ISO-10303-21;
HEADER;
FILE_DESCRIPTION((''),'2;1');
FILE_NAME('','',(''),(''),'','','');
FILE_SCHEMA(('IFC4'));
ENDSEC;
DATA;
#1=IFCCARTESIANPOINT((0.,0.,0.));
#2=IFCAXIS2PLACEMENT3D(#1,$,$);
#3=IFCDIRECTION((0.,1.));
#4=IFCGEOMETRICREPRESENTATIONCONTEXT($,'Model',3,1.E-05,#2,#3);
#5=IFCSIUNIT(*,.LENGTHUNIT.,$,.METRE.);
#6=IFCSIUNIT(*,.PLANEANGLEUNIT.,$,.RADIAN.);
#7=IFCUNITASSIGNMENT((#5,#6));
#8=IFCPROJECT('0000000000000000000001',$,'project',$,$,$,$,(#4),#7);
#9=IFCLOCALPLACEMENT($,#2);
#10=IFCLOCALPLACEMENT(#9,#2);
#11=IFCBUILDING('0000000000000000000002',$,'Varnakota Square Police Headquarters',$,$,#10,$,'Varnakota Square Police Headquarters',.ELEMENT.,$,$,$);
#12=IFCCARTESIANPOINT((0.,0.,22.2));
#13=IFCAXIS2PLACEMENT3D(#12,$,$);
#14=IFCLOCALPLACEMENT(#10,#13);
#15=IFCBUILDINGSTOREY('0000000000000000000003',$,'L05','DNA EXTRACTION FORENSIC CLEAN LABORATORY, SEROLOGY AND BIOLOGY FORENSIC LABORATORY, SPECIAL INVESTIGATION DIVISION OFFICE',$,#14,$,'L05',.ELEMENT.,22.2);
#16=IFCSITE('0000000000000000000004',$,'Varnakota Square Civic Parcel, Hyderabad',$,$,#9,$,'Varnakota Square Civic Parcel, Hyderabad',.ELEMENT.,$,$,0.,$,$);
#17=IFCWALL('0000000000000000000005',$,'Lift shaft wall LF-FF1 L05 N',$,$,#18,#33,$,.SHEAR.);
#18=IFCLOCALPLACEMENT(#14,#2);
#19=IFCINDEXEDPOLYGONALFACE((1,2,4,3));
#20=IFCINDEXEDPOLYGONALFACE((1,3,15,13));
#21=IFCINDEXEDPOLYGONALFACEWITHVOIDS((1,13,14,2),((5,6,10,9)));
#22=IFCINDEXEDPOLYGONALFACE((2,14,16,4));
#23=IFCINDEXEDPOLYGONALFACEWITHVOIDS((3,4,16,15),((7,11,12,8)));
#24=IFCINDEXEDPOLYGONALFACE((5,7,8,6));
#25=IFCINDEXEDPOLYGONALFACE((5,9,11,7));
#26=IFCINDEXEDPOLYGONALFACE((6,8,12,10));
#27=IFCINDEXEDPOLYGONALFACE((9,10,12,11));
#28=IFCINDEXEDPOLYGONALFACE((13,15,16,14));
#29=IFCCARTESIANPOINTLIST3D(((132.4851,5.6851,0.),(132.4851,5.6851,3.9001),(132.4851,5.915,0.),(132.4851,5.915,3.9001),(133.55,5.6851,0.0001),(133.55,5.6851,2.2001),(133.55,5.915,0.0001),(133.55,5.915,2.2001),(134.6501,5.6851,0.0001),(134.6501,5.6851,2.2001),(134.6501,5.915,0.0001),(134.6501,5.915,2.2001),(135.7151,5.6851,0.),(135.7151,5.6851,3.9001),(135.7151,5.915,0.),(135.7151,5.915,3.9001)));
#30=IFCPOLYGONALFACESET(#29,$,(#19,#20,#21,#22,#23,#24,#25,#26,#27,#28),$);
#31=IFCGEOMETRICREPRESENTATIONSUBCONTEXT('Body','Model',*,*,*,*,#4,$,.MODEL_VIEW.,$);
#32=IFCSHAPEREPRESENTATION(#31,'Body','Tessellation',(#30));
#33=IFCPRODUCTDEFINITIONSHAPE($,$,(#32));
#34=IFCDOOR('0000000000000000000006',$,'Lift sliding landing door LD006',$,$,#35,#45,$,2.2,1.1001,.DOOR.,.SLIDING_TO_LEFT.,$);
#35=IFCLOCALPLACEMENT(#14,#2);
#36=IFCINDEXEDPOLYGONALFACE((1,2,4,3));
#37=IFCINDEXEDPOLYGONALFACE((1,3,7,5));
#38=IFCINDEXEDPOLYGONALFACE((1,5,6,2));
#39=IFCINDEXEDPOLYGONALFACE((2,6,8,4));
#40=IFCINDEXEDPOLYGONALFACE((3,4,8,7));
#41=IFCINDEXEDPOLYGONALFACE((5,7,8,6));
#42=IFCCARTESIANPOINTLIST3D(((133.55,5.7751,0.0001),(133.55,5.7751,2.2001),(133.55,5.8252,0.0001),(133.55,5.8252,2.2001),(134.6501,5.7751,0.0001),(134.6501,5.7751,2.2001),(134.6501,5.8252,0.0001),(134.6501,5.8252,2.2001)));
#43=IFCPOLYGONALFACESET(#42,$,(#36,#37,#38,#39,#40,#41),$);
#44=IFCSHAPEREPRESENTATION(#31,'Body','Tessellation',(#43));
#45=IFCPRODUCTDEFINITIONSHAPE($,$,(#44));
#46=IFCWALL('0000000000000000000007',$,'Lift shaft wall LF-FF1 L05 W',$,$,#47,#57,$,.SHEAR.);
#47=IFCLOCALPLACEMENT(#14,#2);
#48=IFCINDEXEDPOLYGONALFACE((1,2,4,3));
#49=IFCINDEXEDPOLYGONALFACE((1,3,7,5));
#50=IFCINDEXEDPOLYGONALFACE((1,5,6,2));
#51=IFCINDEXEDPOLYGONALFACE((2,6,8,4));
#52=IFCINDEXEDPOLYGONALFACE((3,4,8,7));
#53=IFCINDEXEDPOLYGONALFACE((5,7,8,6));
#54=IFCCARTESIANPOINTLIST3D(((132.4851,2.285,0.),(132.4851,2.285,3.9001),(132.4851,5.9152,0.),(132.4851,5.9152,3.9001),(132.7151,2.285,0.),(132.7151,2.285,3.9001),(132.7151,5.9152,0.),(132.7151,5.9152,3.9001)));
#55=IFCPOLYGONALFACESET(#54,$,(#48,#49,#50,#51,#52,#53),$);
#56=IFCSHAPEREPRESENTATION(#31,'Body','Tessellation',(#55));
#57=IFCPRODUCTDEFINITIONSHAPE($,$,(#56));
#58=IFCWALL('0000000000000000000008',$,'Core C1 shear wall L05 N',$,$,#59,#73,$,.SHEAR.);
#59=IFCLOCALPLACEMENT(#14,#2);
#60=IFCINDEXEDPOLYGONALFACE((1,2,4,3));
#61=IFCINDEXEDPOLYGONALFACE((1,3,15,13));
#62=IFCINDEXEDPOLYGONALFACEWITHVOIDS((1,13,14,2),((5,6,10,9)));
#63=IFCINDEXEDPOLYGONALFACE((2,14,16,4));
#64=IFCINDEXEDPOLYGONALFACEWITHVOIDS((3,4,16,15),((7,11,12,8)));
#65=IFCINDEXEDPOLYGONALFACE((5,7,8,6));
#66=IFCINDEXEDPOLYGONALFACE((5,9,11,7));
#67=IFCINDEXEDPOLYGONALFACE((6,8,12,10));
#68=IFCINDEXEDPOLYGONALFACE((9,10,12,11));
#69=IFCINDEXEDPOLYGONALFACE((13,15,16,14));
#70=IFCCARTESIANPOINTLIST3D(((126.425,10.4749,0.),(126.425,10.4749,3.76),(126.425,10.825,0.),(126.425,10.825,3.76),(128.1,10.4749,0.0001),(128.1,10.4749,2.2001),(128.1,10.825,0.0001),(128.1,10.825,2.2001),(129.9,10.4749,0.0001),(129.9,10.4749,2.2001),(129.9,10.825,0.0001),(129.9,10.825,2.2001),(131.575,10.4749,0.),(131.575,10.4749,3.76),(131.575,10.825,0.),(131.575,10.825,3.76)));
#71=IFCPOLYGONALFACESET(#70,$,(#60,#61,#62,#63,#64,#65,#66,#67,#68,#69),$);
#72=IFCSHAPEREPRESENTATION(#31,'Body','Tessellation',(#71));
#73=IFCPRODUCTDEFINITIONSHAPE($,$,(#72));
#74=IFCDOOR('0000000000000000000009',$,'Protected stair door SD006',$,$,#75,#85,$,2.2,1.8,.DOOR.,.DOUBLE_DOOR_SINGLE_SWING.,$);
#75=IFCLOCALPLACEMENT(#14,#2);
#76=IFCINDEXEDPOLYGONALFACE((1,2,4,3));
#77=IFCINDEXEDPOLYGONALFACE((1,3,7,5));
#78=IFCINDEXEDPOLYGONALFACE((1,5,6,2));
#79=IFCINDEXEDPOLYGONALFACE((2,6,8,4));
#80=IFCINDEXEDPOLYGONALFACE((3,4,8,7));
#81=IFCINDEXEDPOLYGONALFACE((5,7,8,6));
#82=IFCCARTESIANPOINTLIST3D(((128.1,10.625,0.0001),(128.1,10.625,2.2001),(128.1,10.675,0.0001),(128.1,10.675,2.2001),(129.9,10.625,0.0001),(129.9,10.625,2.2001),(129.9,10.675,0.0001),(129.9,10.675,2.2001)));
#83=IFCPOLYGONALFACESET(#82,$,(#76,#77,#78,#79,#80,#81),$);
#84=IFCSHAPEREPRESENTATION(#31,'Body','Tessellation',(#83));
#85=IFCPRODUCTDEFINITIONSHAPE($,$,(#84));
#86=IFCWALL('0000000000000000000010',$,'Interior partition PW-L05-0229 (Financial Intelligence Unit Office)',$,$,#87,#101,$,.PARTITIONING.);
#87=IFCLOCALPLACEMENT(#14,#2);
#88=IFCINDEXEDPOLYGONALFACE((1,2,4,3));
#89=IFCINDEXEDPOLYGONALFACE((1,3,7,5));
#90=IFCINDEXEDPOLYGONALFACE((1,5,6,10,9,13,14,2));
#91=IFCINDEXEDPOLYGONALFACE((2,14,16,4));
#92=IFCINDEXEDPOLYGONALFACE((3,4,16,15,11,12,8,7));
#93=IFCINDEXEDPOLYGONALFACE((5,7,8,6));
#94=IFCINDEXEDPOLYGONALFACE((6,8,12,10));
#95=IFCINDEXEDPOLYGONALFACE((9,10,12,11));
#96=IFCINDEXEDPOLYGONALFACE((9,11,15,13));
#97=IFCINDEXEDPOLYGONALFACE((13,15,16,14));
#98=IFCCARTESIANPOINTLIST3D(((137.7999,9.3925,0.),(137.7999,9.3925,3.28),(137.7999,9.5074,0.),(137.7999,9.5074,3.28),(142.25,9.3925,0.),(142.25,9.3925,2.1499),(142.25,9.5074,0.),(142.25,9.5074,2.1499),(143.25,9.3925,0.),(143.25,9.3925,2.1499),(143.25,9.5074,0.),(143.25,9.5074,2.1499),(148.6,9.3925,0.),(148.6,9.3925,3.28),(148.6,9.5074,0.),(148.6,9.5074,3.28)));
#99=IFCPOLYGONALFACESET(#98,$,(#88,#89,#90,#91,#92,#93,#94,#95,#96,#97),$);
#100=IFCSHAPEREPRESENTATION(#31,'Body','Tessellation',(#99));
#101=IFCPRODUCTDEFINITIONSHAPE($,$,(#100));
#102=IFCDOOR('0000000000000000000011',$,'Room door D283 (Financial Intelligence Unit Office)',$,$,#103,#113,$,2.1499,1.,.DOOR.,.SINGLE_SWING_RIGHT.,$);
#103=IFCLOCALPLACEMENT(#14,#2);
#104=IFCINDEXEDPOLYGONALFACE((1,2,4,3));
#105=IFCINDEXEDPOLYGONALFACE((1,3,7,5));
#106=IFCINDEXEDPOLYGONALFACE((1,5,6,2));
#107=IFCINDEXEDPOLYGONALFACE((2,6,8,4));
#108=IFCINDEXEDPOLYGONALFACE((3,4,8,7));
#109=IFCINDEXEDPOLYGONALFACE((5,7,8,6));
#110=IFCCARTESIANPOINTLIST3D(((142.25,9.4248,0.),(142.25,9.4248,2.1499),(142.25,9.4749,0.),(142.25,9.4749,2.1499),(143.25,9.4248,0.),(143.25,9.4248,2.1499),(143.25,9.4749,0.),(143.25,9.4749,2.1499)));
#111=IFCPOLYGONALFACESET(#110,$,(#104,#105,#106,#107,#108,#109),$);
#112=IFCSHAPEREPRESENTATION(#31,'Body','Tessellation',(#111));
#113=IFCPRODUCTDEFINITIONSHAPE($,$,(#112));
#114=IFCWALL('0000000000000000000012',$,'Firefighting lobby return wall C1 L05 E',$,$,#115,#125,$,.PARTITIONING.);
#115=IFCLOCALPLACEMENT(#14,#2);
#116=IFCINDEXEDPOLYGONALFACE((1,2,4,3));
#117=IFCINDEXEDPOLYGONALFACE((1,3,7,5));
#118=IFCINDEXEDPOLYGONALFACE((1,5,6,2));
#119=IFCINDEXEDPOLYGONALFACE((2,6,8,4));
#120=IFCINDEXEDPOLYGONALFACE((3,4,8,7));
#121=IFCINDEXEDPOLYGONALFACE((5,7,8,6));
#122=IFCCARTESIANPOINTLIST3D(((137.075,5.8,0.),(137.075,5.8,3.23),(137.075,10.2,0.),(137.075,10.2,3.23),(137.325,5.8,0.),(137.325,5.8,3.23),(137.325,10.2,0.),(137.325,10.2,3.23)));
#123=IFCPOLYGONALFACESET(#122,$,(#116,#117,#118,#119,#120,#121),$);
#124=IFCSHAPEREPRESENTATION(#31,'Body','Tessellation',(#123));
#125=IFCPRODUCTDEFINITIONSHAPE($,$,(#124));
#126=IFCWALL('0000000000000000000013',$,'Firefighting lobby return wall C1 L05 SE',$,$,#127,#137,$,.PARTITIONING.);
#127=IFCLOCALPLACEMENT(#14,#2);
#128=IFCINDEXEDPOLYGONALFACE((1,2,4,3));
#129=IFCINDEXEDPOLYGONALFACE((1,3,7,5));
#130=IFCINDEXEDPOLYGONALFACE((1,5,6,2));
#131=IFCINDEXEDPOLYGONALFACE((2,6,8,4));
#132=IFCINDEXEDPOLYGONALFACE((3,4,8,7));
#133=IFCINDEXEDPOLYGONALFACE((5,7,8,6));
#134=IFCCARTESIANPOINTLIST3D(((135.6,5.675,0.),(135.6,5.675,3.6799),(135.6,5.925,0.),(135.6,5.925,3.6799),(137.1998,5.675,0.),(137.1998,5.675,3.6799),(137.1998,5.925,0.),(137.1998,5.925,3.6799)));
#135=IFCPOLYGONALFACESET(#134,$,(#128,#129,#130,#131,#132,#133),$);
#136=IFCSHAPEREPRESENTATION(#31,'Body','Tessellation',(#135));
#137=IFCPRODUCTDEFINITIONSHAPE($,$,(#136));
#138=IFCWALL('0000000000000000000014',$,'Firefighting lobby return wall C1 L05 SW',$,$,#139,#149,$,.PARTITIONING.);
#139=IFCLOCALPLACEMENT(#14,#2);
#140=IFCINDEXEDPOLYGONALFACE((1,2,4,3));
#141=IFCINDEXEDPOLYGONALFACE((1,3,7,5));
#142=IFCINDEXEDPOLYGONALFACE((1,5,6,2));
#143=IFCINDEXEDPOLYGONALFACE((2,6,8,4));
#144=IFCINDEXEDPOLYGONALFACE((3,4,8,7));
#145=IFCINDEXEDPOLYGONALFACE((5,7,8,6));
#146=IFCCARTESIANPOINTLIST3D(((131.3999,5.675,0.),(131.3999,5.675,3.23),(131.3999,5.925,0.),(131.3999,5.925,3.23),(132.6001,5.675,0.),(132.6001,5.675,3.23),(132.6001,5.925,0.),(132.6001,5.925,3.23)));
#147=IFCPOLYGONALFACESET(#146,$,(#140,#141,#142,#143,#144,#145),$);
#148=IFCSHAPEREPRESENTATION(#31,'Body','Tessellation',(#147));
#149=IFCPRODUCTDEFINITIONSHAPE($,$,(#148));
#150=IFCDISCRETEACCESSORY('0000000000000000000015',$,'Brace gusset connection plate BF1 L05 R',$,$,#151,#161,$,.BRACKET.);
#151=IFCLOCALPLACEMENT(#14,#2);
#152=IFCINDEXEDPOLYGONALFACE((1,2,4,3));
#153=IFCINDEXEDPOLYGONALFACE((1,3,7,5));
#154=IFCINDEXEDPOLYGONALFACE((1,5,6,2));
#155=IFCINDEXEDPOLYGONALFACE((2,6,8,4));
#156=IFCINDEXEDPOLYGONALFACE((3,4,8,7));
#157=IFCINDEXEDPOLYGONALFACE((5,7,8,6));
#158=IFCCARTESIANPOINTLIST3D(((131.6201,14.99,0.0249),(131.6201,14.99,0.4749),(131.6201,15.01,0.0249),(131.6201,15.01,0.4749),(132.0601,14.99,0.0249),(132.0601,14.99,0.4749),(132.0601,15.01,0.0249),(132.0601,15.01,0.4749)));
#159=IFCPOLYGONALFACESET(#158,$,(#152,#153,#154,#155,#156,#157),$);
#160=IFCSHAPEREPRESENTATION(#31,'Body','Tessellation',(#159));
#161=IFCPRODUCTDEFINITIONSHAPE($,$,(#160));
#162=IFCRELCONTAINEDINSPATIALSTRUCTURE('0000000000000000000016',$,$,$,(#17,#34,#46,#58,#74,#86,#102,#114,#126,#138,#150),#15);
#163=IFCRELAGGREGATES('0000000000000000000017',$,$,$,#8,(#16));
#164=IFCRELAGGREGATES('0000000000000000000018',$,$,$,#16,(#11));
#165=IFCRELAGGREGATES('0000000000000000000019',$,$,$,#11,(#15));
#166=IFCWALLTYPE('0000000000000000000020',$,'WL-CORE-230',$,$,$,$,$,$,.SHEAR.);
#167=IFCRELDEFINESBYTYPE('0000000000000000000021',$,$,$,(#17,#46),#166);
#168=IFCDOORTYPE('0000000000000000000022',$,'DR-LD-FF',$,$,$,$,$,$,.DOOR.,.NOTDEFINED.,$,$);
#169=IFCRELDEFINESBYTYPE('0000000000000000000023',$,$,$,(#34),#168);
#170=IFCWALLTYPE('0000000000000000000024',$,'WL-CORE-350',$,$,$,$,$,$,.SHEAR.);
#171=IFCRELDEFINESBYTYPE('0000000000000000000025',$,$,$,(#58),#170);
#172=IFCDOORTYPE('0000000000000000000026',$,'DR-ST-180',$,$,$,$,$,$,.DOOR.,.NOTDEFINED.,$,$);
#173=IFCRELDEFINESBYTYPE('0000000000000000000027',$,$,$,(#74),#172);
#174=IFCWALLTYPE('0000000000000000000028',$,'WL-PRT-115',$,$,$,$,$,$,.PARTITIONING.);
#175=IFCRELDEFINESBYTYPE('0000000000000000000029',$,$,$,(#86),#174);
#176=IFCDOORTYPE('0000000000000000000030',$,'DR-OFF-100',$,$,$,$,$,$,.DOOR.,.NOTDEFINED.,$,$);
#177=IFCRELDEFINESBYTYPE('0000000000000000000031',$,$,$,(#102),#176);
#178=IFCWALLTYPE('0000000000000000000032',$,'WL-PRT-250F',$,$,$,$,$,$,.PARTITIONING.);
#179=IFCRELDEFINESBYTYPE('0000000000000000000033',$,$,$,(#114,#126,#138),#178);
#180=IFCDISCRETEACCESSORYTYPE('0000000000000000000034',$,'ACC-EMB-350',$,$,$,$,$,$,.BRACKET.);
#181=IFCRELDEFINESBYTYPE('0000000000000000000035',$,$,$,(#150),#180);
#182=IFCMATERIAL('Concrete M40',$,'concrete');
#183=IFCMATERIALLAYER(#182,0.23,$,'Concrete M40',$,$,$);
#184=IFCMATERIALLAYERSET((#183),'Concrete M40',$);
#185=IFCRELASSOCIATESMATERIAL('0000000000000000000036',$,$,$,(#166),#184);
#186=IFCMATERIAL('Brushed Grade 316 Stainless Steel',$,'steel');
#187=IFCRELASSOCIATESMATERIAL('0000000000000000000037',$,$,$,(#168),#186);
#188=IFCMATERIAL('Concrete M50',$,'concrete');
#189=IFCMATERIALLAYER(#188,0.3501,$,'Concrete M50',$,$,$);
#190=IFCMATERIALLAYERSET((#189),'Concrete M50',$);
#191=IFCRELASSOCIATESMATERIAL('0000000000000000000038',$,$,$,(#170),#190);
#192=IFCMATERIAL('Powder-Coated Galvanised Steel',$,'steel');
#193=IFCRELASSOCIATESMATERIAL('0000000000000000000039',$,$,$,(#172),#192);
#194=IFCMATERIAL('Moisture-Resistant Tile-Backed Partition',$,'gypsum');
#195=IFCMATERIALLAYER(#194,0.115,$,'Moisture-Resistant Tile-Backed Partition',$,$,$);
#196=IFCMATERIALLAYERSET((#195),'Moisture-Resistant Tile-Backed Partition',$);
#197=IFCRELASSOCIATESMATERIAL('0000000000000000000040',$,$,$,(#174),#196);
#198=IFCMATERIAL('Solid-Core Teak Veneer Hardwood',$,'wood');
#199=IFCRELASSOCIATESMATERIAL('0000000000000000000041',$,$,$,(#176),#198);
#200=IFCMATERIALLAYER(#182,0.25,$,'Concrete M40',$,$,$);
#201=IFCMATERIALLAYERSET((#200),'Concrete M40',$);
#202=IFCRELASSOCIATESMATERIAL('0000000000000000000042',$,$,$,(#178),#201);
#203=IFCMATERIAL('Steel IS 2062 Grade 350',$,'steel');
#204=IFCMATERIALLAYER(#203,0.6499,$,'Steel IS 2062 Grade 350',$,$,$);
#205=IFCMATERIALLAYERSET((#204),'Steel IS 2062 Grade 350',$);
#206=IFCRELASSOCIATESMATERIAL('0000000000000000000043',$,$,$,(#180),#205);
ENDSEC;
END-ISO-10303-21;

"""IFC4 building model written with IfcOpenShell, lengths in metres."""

from ifc_helpers import new_model, si_unit, direction, frame, frame_2d, origin, origin_2d, place, context, subcontext, project, spatial, rectangle, extrude, material, layer, layer_set, type_object, element, fill, save


model = new_model("IFC4")

# Units and contexts
model_context = context("Model", 3, precision=1e-05, world=origin(), true_north=direction((0.0, 1.0)))
body_context = subcontext(model_context, "Body", "Model", "MODEL_VIEW")
ifc_project = project(units=[si_unit("LENGTHUNIT", "METRE"), si_unit("PLANEANGLEUNIT", "RADIAN")], contexts=[model_context])

# Site, building, storey
site_placement = place(None, origin())
site = spatial("IfcSite", under=ifc_project, at=site_placement, Name="Varnakota Square Civic Parcel, Hyderabad", LongName="Varnakota Square Civic Parcel, Hyderabad", CompositionType="ELEMENT", RefElevation=0.0)
building_placement = place(site_placement, origin())
building = spatial("IfcBuilding", under=site, at=building_placement, Name="Varnakota Square Police Headquarters", LongName="Varnakota Square Police Headquarters", CompositionType="ELEMENT")
storey_placement = place(building_placement, frame((0.0, 0.0, 22.2)))
storey = spatial("IfcBuildingStorey", under=building, at=storey_placement, Name="L05", Description="DNA EXTRACTION FORENSIC CLEAN LABORATORY, SEROLOGY AND BIOLOGY FORENSIC LABORATORY, SPECIAL INVESTIGATION DIVISION OFFICE", LongName="L05", CompositionType="ELEMENT", Elevation=22.2)

# Shared definitions
ifc_material_1 = material(Name="Steel IS 2062 Grade 350", Category="steel")

# Shared definitions
ifc_material_2 = material(Name="Concrete M40", Category="concrete")
ifc_layer_1 = layer(ifc_material_2, 0.23, Name="Concrete M40")
ifc_layer_set_1 = layer_set([ifc_layer_1], Name="Concrete M40")
wall_type_1 = type_object("IfcWallType", Name="WL-CORE-230", PredefinedType="SHEAR", material=ifc_layer_set_1)

# Wall, opening, door
wall_1_placement = place(storey_placement, frame((135.7151, 5.8, 0.0), z_axis=(0.0, 0.0, 1.0), x_axis=(-1.0, 0.0, 0.0)))
wall_1 = element("IfcWall", 1, at=wall_1_placement, inside=storey, type_object=wall_type_1, Name="Lift shaft wall LF-FF1 L05 N", PredefinedType="SHEAR", context=body_context, shape_type="SweptSolid", body=[
    extrude(rectangle(XDim=3.23, YDim=0.23, at=frame_2d((1.615, 0.0))), origin(), (0.0, 0.0, 1.0), 3.9001),
])
opening_1_placement = place(wall_1_placement, frame((1.0649, 0.0, 0.0)))
opening_1 = element("IfcOpeningElement", 2, at=opening_1_placement, cuts=wall_1, PredefinedType="OPENING", context=body_context, shape_type="SweptSolid", body=[
    extrude(rectangle(XDim=1.1001, YDim=2.2, at=frame_2d((0.55, 1.1001))), frame((0.0, 0.125, 0.0), z_axis=(0.0, -1.0, 0.0), x_axis=(1.0, 0.0, 0.0)), (0.0, 0.0, 1.0), 0.25),
])
ifc_material_3 = material(Name="Brushed Grade 316 Stainless Steel", Category="steel")
door_type_1 = type_object("IfcDoorType", Name="DR-LD-FF", OperationType="NOTDEFINED", PredefinedType="DOOR", material=ifc_material_3)
door_1_placement = place(opening_1_placement, origin())
door_1 = element("IfcDoor", 3, at=door_1_placement, inside=storey, type_object=door_type_1, Name="Lift sliding landing door LD006", OperationType="SLIDING_TO_LEFT", OverallHeight=2.2, OverallWidth=1.1001, PredefinedType="DOOR", context=body_context, shape_type="SweptSolid", body=[
    extrude(rectangle(XDim=1.1001, YDim=2.2, at=frame_2d((0.55, 1.1001))), frame((0.0, 0.0249, 0.0), z_axis=(0.0, -1.0, 0.0), x_axis=(1.0, 0.0, 0.0)), (0.0, 0.0, 1.0), 0.05),
])
fill(opening_1, door_1)

# Wall
wall_2_placement = place(storey_placement, frame((132.6001, 5.915, 0.0), z_axis=(0.0, 0.0, 1.0), x_axis=(0.0, -1.0, 0.0)))
element("IfcWall", 4, at=wall_2_placement, inside=storey, type_object=wall_type_1, Name="Lift shaft wall LF-FF1 L05 W", PredefinedType="SHEAR", context=body_context, shape_type="SweptSolid", body=[
    extrude(rectangle(XDim=3.6301, YDim=0.23, at=frame_2d((1.8149, 0.0))), origin(), (0.0, 0.0, 1.0), 3.9001),
])

# Walls, openings, doors
ifc_material_4 = material(Name="Concrete M50", Category="concrete")
ifc_layer_2 = layer(ifc_material_4, 0.3501, Name="Concrete M50")
ifc_layer_set_2 = layer_set([ifc_layer_2], Name="Concrete M50")
wall_type_2 = type_object("IfcWallType", Name="WL-CORE-350", PredefinedType="SHEAR", material=ifc_layer_set_2)
wall_3_placement = place(storey_placement, frame((131.575, 10.6499, 0.0), z_axis=(0.0, 0.0, 1.0), x_axis=(-1.0, 0.0, 0.0)))
wall_3 = element("IfcWall", 5, at=wall_3_placement, inside=storey, type_object=wall_type_2, Name="Core C1 shear wall L05 N", PredefinedType="SHEAR", context=body_context, shape_type="SweptSolid", body=[
    extrude(rectangle(XDim=5.1499, YDim=0.3501, at=frame_2d((2.575, 0.0))), origin(), (0.0, 0.0, 1.0), 3.76),
])
opening_2_placement = place(wall_3_placement, frame((1.675, 0.0, 0.0)))
opening_2 = element("IfcOpeningElement", 6, at=opening_2_placement, cuts=wall_3, PredefinedType="OPENING", context=body_context, shape_type="SweptSolid", body=[
    extrude(rectangle(XDim=1.8, YDim=2.2, at=frame_2d((0.8999, 1.1001))), frame((0.0, 0.1851, 0.0), z_axis=(0.0, -1.0, 0.0), x_axis=(1.0, 0.0, 0.0)), (0.0, 0.0, 1.0), 0.3701),
])
ifc_material_5 = material(Name="Powder-Coated Galvanised Steel", Category="steel")
door_type_2 = type_object("IfcDoorType", Name="DR-ST-180", OperationType="NOTDEFINED", PredefinedType="DOOR", material=ifc_material_5)
door_2_placement = place(opening_2_placement, origin())
door_2 = element("IfcDoor", 7, at=door_2_placement, inside=storey, type_object=door_type_2, Name="Protected stair door SD006", OperationType="DOUBLE_DOOR_SINGLE_SWING", OverallHeight=2.2, OverallWidth=1.8, PredefinedType="DOOR", context=body_context, shape_type="SweptSolid", body=[
    extrude(rectangle(XDim=1.8, YDim=2.2, at=frame_2d((0.8999, 1.1001))), frame((0.0, 0.0249, 0.0), z_axis=(0.0, -1.0, 0.0), x_axis=(1.0, 0.0, 0.0)), (0.0, 0.0, 1.0), 0.05),
])
fill(opening_2, door_2)
ifc_material_6 = material(Name="Moisture-Resistant Tile-Backed Partition", Category="gypsum")
ifc_layer_3 = layer(ifc_material_6, 0.115, Name="Moisture-Resistant Tile-Backed Partition")
ifc_layer_set_3 = layer_set([ifc_layer_3], Name="Moisture-Resistant Tile-Backed Partition")
wall_type_3 = type_object("IfcWallType", Name="WL-PRT-115", PredefinedType="PARTITIONING", material=ifc_layer_set_3)
wall_4_placement = place(storey_placement, frame((137.8, 9.45, 0.0), z_axis=(0.0, 0.0, 1.0), x_axis=(1.0, 0.0, 0.0)))
wall_4 = element("IfcWall", 8, at=wall_4_placement, inside=storey, type_object=wall_type_3, Name="Interior partition PW-L05-0229 (Financial Intelligence Unit Office)", PredefinedType="PARTITIONING", context=body_context, shape_type="SweptSolid", body=[
    extrude(rectangle(XDim=10.8, YDim=0.115, at=frame_2d((5.3999, 0.0))), origin(), (0.0, 0.0, 1.0), 3.28),
])
opening_3_placement = place(wall_4_placement, frame((4.45, 0.0, 0.0)))
opening_3 = element("IfcOpeningElement", 9, at=opening_3_placement, cuts=wall_4, PredefinedType="OPENING", context=body_context, shape_type="SweptSolid", body=[
    extrude(rectangle(XDim=1.0, YDim=2.1499, at=frame_2d((0.5, 1.075))), frame((0.0, 0.0674, 0.0), z_axis=(0.0, -1.0, 0.0), x_axis=(1.0, 0.0, 0.0)), (0.0, 0.0, 1.0), 0.135),
])
ifc_material_7 = material(Name="Solid-Core Teak Veneer Hardwood", Category="wood")
door_type_3 = type_object("IfcDoorType", Name="DR-OFF-100", OperationType="NOTDEFINED", PredefinedType="DOOR", material=ifc_material_7)
door_3_placement = place(opening_3_placement, origin())
door_3 = element("IfcDoor", 10, at=door_3_placement, inside=storey, type_object=door_type_3, Name="Room door D283 (Financial Intelligence Unit Office)", OperationType="SINGLE_SWING_RIGHT", OverallHeight=2.1499, OverallWidth=1.0, PredefinedType="DOOR", context=body_context, shape_type="SweptSolid", body=[
    extrude(rectangle(XDim=1.0, YDim=2.1499, at=frame_2d((0.5, 1.075))), frame((0.0, 0.0249, 0.0), z_axis=(0.0, -1.0, 0.0), x_axis=(1.0, 0.0, 0.0)), (0.0, 0.0, 1.0), 0.05),
])
fill(opening_3, door_3)
ifc_layer_4 = layer(ifc_material_2, 0.25, Name="Concrete M40")
ifc_layer_set_4 = layer_set([ifc_layer_4], Name="Concrete M40")
wall_type_4 = type_object("IfcWallType", Name="WL-PRT-250F", PredefinedType="PARTITIONING", material=ifc_layer_set_4)

# Walls
wall_5_placement = place(storey_placement, frame((137.2, 5.8, 0.0), z_axis=(0.0, 0.0, 1.0), x_axis=(0.0, 1.0, 0.0)))
element("IfcWall", 11, at=wall_5_placement, inside=storey, type_object=wall_type_4, Name="Firefighting lobby return wall C1 L05 E", PredefinedType="PARTITIONING", context=body_context, shape_type="SweptSolid", body=[
    extrude(rectangle(XDim=4.3999, YDim=0.25, at=frame_2d((2.2, 0.0))), origin(), (0.0, 0.0, 1.0), 3.23),
])
wall_6_placement = place(storey_placement, frame((135.6001, 5.8, 0.0), z_axis=(0.0, 0.0, 1.0), x_axis=(1.0, 0.0, 0.0)))
element("IfcWall", 12, at=wall_6_placement, inside=storey, type_object=wall_type_4, Name="Firefighting lobby return wall C1 L05 SE", PredefinedType="PARTITIONING", context=body_context, shape_type="SweptSolid", body=[
    extrude(rectangle(XDim=1.5999, YDim=0.25, at=frame_2d((0.7998, 0.0))), origin(), (0.0, 0.0, 1.0), 3.6799),
])
wall_7_placement = place(storey_placement, frame((131.3999, 5.8, 0.0), z_axis=(0.0, 0.0, 1.0), x_axis=(1.0, 0.0, 0.0)))
element("IfcWall", 13, at=wall_7_placement, inside=storey, type_object=wall_type_4, Name="Firefighting lobby return wall C1 L05 SW", PredefinedType="PARTITIONING", context=body_context, shape_type="SweptSolid", body=[
    extrude(rectangle(XDim=1.2002, YDim=0.25, at=frame_2d((0.6001, 0.0))), origin(), (0.0, 0.0, 1.0), 3.23),
])

# Discrete accessory
ifc_layer_5 = layer(ifc_material_1, 0.6499, Name="Steel IS 2062 Grade 350")
ifc_layer_set_5 = layer_set([ifc_layer_5], Name="Steel IS 2062 Grade 350")
discrete_accessory_type = type_object("IfcDiscreteAccessoryType", Name="ACC-EMB-350", PredefinedType="BRACKET", material=ifc_layer_set_5)
discrete_accessory_placement = place(storey_placement, frame((131.8401, 15.0, 0.0249), z_axis=(0.0, 0.0, 1.0), x_axis=(1.0, 0.0, 0.0)))
element("IfcDiscreteAccessory", 14, at=discrete_accessory_placement, inside=storey, type_object=discrete_accessory_type, Name="Brace gusset connection plate BF1 L05 R", PredefinedType="BRACKET", context=body_context, shape_type="SweptSolid", body=[
    extrude(rectangle(XDim=0.4399, YDim=0.02, at=origin_2d()), origin(), (0.0, 0.0, 1.0), 0.45),
])

save(model, "model.ifc")
